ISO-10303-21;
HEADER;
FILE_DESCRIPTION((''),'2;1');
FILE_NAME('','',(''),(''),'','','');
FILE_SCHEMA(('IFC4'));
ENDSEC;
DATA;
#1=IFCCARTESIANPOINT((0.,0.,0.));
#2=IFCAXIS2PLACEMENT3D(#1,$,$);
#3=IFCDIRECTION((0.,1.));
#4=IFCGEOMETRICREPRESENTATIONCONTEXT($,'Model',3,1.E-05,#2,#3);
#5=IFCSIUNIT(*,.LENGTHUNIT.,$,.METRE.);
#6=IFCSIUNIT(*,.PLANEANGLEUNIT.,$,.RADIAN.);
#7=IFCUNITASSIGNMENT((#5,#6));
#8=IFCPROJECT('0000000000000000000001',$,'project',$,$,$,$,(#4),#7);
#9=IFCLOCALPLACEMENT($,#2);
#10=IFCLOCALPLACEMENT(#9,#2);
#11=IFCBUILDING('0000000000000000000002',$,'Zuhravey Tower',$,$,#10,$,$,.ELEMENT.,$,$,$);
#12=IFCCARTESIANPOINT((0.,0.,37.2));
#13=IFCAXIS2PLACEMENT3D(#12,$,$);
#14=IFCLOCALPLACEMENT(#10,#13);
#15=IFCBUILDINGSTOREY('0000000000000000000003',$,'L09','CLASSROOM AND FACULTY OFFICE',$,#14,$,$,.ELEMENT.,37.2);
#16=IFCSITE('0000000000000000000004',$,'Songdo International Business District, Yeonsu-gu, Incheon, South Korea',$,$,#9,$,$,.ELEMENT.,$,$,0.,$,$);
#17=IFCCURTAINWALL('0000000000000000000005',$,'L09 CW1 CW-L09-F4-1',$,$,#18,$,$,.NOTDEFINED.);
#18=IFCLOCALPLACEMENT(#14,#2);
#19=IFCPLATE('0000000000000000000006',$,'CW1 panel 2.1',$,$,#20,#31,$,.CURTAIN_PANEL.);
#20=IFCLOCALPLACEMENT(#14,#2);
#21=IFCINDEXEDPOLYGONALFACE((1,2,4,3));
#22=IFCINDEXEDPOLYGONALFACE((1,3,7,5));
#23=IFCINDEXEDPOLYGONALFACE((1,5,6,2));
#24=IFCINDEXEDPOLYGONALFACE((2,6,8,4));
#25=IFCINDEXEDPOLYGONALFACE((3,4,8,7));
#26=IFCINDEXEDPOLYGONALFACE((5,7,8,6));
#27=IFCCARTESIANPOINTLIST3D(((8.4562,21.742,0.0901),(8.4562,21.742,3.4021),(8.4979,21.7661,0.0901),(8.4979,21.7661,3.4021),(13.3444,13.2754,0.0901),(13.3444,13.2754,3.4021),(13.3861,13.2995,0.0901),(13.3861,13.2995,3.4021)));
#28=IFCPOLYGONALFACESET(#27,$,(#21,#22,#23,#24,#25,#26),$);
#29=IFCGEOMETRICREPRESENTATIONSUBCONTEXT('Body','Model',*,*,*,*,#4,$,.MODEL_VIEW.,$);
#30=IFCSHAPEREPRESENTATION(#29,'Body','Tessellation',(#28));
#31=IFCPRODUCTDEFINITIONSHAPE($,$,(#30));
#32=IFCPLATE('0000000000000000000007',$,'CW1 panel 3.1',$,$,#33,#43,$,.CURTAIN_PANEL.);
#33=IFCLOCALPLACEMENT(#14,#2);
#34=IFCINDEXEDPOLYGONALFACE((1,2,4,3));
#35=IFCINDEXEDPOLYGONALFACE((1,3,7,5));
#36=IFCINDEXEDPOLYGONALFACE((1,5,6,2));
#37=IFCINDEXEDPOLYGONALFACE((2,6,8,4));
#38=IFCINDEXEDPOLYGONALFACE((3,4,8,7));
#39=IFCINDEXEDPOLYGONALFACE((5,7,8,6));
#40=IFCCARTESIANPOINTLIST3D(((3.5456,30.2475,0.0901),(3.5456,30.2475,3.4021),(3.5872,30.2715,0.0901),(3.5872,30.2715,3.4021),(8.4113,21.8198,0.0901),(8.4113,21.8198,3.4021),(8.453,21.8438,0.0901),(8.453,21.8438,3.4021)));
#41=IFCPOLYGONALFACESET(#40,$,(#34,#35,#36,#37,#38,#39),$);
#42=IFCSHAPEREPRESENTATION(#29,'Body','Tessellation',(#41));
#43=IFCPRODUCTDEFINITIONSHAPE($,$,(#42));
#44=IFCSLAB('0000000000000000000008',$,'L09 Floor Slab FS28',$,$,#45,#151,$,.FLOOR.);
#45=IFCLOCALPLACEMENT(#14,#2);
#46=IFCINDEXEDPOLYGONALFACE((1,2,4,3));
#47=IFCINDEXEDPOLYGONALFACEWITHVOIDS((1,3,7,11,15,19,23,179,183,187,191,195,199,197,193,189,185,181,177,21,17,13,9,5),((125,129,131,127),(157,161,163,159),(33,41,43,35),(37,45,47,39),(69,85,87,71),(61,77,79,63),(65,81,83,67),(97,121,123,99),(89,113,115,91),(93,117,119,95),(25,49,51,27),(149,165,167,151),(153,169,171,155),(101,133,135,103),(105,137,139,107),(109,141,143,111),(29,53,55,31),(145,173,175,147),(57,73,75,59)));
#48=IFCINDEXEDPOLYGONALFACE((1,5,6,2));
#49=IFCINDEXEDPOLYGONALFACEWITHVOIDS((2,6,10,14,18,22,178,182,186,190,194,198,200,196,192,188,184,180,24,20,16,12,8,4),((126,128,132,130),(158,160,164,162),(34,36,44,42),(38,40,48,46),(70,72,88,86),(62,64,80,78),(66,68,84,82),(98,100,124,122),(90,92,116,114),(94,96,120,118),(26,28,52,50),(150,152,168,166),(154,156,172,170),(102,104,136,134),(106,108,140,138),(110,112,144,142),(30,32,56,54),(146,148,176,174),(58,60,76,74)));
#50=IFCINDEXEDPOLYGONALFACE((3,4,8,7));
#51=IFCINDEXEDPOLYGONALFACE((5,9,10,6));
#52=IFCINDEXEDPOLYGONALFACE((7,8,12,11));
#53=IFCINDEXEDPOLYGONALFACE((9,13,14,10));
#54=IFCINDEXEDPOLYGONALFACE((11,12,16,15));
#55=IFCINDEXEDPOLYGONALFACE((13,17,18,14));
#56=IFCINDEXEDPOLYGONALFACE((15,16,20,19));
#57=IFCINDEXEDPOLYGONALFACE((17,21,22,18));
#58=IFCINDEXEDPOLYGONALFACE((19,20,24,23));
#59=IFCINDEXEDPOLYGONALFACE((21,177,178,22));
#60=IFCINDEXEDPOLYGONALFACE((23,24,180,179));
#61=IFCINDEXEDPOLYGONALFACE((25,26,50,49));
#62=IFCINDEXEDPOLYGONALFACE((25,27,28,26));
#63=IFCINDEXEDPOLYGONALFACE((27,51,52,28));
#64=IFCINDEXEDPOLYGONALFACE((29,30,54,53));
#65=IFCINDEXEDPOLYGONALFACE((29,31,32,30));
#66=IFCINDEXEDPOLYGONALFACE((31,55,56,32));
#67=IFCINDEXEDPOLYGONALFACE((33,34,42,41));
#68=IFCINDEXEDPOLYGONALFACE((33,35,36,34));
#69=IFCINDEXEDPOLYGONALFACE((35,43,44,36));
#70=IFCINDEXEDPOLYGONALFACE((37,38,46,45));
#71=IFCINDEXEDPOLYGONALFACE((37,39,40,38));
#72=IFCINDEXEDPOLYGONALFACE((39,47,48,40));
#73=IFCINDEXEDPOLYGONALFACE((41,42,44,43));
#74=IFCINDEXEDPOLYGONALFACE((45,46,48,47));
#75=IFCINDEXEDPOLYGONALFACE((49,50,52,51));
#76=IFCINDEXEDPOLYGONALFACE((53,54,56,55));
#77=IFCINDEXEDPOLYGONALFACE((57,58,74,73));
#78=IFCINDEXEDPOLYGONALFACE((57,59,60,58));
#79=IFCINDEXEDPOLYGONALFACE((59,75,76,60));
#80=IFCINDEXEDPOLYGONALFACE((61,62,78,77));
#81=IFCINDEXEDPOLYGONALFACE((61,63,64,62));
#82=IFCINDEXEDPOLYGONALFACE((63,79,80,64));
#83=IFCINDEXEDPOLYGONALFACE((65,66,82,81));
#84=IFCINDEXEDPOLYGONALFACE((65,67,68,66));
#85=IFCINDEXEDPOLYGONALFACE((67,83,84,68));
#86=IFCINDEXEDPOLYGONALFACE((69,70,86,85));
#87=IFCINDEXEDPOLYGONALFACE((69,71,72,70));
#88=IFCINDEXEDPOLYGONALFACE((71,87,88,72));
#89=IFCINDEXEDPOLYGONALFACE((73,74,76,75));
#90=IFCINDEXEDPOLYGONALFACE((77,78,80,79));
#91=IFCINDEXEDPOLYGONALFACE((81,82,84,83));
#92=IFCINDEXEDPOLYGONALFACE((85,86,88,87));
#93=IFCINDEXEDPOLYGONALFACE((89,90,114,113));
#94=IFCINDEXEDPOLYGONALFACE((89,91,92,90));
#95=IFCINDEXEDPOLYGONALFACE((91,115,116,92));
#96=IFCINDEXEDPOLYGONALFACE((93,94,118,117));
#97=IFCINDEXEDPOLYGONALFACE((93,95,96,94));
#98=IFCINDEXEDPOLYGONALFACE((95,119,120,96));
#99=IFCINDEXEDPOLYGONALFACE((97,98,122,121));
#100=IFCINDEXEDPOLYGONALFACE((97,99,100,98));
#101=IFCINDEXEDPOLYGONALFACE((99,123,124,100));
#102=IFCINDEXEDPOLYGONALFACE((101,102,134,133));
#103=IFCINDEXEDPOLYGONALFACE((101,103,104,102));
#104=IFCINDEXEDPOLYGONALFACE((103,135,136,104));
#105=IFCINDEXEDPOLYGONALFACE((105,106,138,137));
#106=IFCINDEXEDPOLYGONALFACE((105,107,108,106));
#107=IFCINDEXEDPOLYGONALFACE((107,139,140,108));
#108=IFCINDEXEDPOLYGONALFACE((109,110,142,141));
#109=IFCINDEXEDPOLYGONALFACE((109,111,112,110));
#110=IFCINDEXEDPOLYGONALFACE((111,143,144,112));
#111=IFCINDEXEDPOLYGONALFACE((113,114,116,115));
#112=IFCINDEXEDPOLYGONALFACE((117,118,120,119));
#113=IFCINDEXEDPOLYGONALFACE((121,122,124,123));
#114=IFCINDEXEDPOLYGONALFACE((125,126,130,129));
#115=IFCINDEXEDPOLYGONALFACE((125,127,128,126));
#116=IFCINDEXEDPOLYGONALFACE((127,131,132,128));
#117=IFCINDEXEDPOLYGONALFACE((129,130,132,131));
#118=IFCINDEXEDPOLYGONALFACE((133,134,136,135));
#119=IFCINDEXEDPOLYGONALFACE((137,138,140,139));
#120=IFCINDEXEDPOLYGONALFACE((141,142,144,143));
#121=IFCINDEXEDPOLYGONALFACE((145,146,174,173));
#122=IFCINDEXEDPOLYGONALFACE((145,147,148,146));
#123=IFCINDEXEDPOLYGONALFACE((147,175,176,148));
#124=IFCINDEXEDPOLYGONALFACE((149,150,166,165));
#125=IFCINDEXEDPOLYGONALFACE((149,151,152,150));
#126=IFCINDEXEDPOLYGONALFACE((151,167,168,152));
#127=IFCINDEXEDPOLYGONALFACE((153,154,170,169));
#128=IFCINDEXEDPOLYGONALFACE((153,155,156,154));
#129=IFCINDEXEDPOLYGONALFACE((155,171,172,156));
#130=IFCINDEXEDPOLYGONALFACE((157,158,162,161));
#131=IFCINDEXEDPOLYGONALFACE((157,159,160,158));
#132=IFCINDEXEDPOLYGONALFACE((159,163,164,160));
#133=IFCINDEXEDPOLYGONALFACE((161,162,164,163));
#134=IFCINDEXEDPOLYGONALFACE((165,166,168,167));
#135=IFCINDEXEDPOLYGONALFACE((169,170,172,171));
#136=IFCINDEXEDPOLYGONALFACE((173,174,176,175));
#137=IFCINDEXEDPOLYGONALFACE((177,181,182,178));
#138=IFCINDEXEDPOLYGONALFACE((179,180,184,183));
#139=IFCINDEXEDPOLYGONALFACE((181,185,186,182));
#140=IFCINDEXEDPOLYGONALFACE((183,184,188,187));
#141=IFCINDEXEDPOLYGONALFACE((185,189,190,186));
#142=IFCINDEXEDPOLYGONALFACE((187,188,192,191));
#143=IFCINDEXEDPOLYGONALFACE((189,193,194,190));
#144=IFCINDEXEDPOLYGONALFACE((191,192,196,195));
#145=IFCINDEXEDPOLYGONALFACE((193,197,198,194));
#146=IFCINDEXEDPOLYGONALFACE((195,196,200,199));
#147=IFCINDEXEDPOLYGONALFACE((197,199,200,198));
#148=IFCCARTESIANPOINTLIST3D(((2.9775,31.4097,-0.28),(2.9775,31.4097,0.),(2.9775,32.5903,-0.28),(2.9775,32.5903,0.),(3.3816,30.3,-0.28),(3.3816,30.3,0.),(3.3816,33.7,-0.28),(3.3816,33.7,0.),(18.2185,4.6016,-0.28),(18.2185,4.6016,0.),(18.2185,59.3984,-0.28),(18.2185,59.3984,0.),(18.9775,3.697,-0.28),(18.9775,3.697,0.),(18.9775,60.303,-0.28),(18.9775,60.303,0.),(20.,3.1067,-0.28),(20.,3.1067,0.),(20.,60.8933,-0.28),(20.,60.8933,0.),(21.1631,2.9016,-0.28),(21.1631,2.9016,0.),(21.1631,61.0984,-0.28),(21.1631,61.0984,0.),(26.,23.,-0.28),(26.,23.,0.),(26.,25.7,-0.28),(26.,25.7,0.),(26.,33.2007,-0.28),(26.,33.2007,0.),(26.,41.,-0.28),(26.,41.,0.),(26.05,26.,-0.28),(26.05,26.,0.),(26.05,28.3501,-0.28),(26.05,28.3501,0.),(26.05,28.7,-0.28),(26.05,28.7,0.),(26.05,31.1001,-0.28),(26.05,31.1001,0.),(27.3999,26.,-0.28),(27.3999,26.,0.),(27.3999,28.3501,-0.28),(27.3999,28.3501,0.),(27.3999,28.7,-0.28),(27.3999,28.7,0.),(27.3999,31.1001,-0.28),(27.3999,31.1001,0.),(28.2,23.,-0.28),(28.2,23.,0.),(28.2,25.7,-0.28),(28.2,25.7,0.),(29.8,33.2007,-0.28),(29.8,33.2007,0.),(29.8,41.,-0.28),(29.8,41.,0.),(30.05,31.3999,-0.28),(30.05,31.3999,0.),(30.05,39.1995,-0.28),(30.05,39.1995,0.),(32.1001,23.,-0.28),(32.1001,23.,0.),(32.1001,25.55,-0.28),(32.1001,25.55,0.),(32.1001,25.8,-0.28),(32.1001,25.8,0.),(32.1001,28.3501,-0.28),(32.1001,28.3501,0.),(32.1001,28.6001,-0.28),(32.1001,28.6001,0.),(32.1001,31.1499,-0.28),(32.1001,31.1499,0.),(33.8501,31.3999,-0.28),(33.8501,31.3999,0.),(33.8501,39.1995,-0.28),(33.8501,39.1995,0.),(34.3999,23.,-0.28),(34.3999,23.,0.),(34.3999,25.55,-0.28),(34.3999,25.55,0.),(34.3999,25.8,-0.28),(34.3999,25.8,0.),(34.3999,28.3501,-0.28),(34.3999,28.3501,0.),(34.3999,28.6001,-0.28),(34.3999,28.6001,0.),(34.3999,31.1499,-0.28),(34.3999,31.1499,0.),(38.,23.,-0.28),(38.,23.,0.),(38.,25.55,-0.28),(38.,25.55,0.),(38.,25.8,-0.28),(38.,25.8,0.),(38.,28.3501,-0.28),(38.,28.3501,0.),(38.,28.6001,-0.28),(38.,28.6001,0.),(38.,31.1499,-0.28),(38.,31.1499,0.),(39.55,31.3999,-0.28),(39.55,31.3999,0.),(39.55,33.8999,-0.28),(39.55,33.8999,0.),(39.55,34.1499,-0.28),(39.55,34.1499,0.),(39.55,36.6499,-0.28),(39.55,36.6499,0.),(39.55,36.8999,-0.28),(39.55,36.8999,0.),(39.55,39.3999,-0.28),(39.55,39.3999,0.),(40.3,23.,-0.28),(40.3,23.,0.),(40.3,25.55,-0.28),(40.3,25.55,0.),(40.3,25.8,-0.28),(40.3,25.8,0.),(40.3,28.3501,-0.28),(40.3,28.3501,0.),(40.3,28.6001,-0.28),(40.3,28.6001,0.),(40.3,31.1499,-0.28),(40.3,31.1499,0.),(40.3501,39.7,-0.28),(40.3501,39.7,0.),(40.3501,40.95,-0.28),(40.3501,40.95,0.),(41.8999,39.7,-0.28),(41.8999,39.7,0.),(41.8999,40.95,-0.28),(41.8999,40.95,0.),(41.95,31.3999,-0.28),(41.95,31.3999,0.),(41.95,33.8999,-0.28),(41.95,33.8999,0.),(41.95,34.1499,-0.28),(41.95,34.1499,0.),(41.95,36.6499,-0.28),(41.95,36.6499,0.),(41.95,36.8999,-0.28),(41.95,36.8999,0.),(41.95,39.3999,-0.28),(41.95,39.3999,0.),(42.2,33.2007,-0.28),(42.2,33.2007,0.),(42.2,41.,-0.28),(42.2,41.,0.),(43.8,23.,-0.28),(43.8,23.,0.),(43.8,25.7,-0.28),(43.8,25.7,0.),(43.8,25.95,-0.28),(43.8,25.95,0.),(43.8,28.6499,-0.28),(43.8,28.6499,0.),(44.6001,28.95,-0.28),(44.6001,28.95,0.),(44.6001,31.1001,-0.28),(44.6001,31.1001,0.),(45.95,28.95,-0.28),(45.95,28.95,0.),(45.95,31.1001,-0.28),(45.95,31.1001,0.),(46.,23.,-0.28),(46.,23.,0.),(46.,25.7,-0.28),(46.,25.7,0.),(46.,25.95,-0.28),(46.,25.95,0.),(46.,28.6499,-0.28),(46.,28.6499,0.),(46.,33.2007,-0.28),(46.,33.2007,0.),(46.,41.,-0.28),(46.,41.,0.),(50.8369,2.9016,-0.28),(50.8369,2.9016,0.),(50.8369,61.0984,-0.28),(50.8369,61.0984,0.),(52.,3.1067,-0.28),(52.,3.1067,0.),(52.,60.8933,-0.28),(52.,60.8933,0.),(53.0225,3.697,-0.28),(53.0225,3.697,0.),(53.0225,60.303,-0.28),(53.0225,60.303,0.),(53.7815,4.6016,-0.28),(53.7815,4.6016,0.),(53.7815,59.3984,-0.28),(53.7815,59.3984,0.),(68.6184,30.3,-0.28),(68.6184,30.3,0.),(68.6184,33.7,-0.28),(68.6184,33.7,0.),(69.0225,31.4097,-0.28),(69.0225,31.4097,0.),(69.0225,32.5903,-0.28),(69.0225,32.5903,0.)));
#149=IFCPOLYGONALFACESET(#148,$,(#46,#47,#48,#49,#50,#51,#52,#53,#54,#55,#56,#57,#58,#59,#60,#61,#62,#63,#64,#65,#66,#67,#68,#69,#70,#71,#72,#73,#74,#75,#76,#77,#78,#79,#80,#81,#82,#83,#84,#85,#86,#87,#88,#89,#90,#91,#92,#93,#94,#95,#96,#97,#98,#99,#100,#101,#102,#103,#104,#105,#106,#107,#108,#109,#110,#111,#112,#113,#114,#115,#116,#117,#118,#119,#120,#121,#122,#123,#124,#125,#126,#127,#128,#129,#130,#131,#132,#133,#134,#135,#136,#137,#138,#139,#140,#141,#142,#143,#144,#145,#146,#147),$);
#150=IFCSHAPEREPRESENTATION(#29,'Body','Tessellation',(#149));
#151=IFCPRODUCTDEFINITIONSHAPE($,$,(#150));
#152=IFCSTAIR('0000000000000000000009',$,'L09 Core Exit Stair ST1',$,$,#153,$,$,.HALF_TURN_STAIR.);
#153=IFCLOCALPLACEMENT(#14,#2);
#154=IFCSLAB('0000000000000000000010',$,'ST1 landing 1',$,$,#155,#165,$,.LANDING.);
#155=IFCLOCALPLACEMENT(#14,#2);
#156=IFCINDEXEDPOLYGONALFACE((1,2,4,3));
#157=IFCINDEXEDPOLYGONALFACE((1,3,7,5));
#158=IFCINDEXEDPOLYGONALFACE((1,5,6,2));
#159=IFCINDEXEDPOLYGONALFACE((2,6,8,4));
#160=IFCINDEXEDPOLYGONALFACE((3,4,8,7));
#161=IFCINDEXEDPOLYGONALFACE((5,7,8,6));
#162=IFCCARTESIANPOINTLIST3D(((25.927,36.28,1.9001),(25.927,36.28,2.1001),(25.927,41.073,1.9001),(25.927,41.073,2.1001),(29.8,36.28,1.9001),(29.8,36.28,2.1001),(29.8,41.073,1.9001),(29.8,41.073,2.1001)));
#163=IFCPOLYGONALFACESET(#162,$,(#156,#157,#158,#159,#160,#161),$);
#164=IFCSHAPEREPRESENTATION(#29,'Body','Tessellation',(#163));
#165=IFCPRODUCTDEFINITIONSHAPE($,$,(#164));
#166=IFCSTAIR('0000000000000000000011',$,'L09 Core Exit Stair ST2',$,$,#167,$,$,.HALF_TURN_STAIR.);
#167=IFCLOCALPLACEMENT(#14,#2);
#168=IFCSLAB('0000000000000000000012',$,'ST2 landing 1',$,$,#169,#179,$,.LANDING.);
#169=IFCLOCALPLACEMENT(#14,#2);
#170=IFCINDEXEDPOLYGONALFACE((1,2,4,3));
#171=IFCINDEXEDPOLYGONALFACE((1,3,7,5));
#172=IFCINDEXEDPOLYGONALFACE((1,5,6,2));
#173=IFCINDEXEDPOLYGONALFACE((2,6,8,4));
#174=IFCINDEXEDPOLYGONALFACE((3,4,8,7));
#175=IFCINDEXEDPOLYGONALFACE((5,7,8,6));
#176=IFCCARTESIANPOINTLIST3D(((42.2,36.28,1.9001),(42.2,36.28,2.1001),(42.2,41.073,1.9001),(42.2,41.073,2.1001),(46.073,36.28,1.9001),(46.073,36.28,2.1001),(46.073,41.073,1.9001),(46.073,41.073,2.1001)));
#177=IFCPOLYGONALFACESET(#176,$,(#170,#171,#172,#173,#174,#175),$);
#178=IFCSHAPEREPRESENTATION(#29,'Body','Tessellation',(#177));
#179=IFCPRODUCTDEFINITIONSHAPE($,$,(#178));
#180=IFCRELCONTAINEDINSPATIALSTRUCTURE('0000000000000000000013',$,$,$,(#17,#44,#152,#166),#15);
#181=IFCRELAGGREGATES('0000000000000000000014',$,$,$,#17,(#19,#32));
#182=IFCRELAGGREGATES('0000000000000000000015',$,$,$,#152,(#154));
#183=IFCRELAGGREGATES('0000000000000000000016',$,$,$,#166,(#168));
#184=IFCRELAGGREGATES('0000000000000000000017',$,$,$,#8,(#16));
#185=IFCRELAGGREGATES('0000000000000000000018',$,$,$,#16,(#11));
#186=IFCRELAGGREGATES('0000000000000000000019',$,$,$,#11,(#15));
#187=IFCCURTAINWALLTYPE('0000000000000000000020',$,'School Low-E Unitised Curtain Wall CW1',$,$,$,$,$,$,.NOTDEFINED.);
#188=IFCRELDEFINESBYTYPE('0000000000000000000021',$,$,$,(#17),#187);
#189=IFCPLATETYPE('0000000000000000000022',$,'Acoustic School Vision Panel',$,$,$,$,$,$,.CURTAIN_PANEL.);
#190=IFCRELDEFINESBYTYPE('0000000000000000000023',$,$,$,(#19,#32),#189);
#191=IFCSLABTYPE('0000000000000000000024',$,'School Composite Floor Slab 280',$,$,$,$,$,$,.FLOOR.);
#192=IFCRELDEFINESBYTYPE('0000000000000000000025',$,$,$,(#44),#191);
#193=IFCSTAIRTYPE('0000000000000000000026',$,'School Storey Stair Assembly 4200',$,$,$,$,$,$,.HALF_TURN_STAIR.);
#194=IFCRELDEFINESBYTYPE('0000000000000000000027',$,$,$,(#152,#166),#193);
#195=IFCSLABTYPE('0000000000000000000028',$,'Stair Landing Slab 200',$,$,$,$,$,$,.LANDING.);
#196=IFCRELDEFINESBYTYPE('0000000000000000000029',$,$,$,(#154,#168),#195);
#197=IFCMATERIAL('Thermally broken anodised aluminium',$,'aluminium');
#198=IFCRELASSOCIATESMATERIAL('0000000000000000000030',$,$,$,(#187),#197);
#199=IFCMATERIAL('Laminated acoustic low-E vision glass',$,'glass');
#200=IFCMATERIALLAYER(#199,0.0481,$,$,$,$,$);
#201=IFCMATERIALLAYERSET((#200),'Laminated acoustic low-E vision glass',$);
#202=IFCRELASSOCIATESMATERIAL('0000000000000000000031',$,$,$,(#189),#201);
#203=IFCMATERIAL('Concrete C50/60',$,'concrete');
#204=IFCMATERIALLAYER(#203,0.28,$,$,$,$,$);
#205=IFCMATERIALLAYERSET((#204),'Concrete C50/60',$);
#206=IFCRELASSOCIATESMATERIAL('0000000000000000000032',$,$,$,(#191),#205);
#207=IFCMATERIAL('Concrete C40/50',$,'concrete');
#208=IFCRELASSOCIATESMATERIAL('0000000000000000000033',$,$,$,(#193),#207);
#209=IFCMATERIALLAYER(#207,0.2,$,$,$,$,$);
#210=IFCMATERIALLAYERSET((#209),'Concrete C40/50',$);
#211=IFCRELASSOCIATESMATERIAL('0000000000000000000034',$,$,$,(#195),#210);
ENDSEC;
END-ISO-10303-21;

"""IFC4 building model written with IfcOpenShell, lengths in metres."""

from ifc_helpers import new_model, si_unit, direction, frame, origin, origin_2d, place, context, subcontext, project, spatial, polyline, rectangle, outline, extrude, material, layer, layer_set, type_object, element, aggregate, save


model = new_model("IFC4")

# Units and contexts
model_context = context("Model", 3, precision=1e-05, world=origin(), true_north=direction((0.0, 1.0)))
body_context = subcontext(model_context, "Body", "Model", "MODEL_VIEW")
ifc_project = project(units=[si_unit("LENGTHUNIT", "METRE"), si_unit("PLANEANGLEUNIT", "RADIAN")], contexts=[model_context])

# Site, building, storey
site_placement = place(None, origin())
site = spatial("IfcSite", under=ifc_project, at=site_placement, Name="Songdo International Business District, Yeonsu-gu, Incheon, South Korea", CompositionType="ELEMENT", RefElevation=0.0)
building_placement = place(site_placement, origin())
building = spatial("IfcBuilding", under=site, at=building_placement, Name="Zuhravey Tower", CompositionType="ELEMENT")
storey_placement = place(building_placement, frame((0.0, 0.0, 37.2)))
storey = spatial("IfcBuildingStorey", under=building, at=storey_placement, Name="L09", Description="CLASSROOM AND FACULTY OFFICE", CompositionType="ELEMENT", Elevation=37.2)

# Shared definitions
ifc_material_1 = material(Name="Thermally broken anodised aluminium", Category="aluminium")
curtain_wall_type = type_object("IfcCurtainWallType", Name="School Low-E Unitised Curtain Wall CW1", PredefinedType="NOTDEFINED", material=ifc_material_1)

# Curtain wall
curtain_wall_1_placement = place(storey_placement, origin())
curtain_wall_1 = element("IfcCurtainWall", 1, at=curtain_wall_1_placement, inside=storey, type_object=curtain_wall_type, Name="L09 CW1 CW-L09-F4-1", PredefinedType="NOTDEFINED")

# Plates
ifc_material_2 = material(Name="Laminated acoustic low-E vision glass", Category="glass")
ifc_layer_1 = layer(ifc_material_2, 0.0481)
ifc_layer_set_1 = layer_set([ifc_layer_1], Name="Laminated acoustic low-E vision glass")
plate_type = type_object("IfcPlateType", Name="Acoustic School Vision Panel", PredefinedType="CURTAIN_PANEL", material=ifc_layer_set_1)
plate_1_placement = place(storey_placement, frame((10.9211, 17.5208, 0.0901), z_axis=(0.0, 0.0, 1.0), x_axis=(-0.5, 0.866026, 0.0)))
plate_1 = element("IfcPlate", 2, at=plate_1_placement, type_object=plate_type, Name="CW1 panel 2.1", PredefinedType="CURTAIN_PANEL", context=body_context, shape_type="SweptSolid", body=[
    extrude(rectangle(XDim=9.7764, YDim=0.0481, at=origin_2d()), origin(), (0.0, 0.0, 1.0), 3.312),
])
plate_2_placement = place(storey_placement, frame((5.9993, 26.0457, 0.0901), z_axis=(0.0, 0.0, 1.0), x_axis=(-0.5, 0.866026, 0.0)))
plate_2 = element("IfcPlate", 3, at=plate_2_placement, type_object=plate_type, Name="CW1 panel 3.1", PredefinedType="CURTAIN_PANEL", context=body_context, shape_type="SweptSolid", body=[
    extrude(rectangle(XDim=9.7314, YDim=0.0481, at=origin_2d()), origin(), (0.0, 0.0, 1.0), 3.312),
])
aggregate(curtain_wall_1, [plate_1, plate_2])

# Slab
ifc_material_3 = material(Name="Concrete C50/60", Category="concrete")
ifc_layer_2 = layer(ifc_material_3, 0.28)
ifc_layer_set_2 = layer_set([ifc_layer_2], Name="Concrete C50/60")
slab_type_1 = type_object("IfcSlabType", Name="School Composite Floor Slab 280", PredefinedType="FLOOR", material=ifc_layer_set_2)
slab_1_placement = place(storey_placement, frame((0.0, 0.0, -0.28)))
element("IfcSlab", 4, at=slab_1_placement, inside=storey, type_object=slab_type_1, Name="L09 Floor Slab FS28", PredefinedType="FLOOR", context=body_context, shape_type="SweptSolid", body=[
    extrude(outline(polyline([(68.6184, 30.3), (69.0225, 31.4097), (69.0225, 32.5903), (68.6184, 33.7), (53.7815, 59.3984), (53.0225, 60.303), (52.0, 60.8933), (50.8369, 61.0984), (21.1631, 61.0984), (20.0, 60.8933), (18.9775, 60.303), (18.2185, 59.3984), (3.3816, 33.7), (2.9775, 32.5903), (2.9775, 31.4097), (3.3816, 30.3), (18.2185, 4.6016), (18.9775, 3.697), (20.0, 3.1067), (21.1631, 2.9016), (50.8369, 2.9016), (52.0, 3.1067), (53.0225, 3.697), (53.7815, 4.6016), (68.6184, 30.3)]), holes=[polyline([(29.8, 33.2007), (29.8, 41.0), (26.0, 41.0), (26.0, 33.2007), (29.8, 33.2007)]), polyline([(46.0, 33.2007), (46.0, 41.0), (42.2, 41.0), (42.2, 33.2007), (46.0, 33.2007)]), polyline([(30.05, 39.1995), (30.05, 31.3999), (33.8501, 31.3999), (33.8501, 39.1995), (30.05, 39.1995)]), polyline([(32.1001, 23.0), (34.3999, 23.0), (34.3999, 25.55), (32.1001, 25.55), (32.1001, 23.0)]), polyline([(32.1001, 25.8), (34.3999, 25.8), (34.3999, 28.3501), (32.1001, 28.3501), (32.1001, 25.8)]), polyline([(32.1001, 28.6001), (34.3999, 28.6001), (34.3999, 31.1499), (32.1001, 31.1499), (32.1001, 28.6001)]), polyline([(38.0, 23.0), (40.3, 23.0), (40.3, 25.55), (38.0, 25.55), (38.0, 23.0)]), polyline([(38.0, 25.8), (40.3, 25.8), (40.3, 28.3501), (38.0, 28.3501), (38.0, 25.8)]), polyline([(38.0, 28.6001), (40.3, 28.6001), (40.3, 31.1499), (38.0, 31.1499), (38.0, 28.6001)]), polyline([(39.55, 31.3999), (41.95, 31.3999), (41.95, 33.8999), (39.55, 33.8999), (39.55, 31.3999)]), polyline([(39.55, 34.1499), (41.95, 34.1499), (41.95, 36.6499), (39.55, 36.6499), (39.55, 34.1499)]), polyline([(39.55, 36.8999), (41.95, 36.8999), (41.95, 39.3999), (39.55, 39.3999), (39.55, 36.8999)]), polyline([(26.0, 23.0), (28.2, 23.0), (28.2, 25.7), (26.0, 25.7), (26.0, 23.0)]), polyline([(43.8, 23.0), (46.0, 23.0), (46.0, 25.7), (43.8, 25.7), (43.8, 23.0)]), polyline([(43.8, 25.95), (46.0, 25.95), (46.0, 28.6499), (43.8, 28.6499), (43.8, 25.95)]), polyline([(26.05, 26.0), (27.3999, 26.0), (27.3999, 28.3501), (26.05, 28.3501), (26.05, 26.0)]), polyline([(26.05, 28.7), (27.3999, 28.7), (27.3999, 31.1001), (26.05, 31.1001), (26.05, 28.7)]), polyline([(44.6001, 28.95), (45.95, 28.95), (45.95, 31.1001), (44.6001, 31.1001), (44.6001, 28.95)]), polyline([(40.3501, 39.7), (41.8999, 39.7), (41.8999, 40.95), (40.3501, 40.95), (40.3501, 39.7)])]), origin(), (0.0, 0.0, 1.0), 0.28),
])

# Stairs, slabs
ifc_material_4 = material(Name="Concrete C40/50", Category="concrete")
stair_type = type_object("IfcStairType", Name="School Storey Stair Assembly 4200", PredefinedType="HALF_TURN_STAIR", material=ifc_material_4)
stair_1_placement = place(storey_placement, origin())
stair_1 = element("IfcStair", 5, at=stair_1_placement, inside=storey, type_object=stair_type, Name="L09 Core Exit Stair ST1", PredefinedType="HALF_TURN_STAIR")
ifc_layer_3 = layer(ifc_material_4, 0.2)
ifc_layer_set_3 = layer_set([ifc_layer_3], Name="Concrete C40/50")
slab_type_2 = type_object("IfcSlabType", Name="Stair Landing Slab 200", PredefinedType="LANDING", material=ifc_layer_set_3)
slab_2_placement = place(storey_placement, frame((0.0, 0.0, 1.9001)))
slab_2 = element("IfcSlab", 6, at=slab_2_placement, type_object=slab_type_2, Name="ST1 landing 1", PredefinedType="LANDING", context=body_context, shape_type="SweptSolid", body=[
    extrude(outline(polyline([(29.8, 36.28), (29.8, 41.073), (25.927, 41.073), (25.927, 36.28), (29.8, 36.28)])), origin(), (0.0, 0.0, 1.0), 0.2),
])
aggregate(stair_1, [slab_2])
stair_2_placement = place(storey_placement, origin())
stair_2 = element("IfcStair", 7, at=stair_2_placement, inside=storey, type_object=stair_type, Name="L09 Core Exit Stair ST2", PredefinedType="HALF_TURN_STAIR")
slab_3_placement = place(storey_placement, frame((0.0, 0.0, 1.9001)))
slab_3 = element("IfcSlab", 8, at=slab_3_placement, type_object=slab_type_2, Name="ST2 landing 1", PredefinedType="LANDING", context=body_context, shape_type="SweptSolid", body=[
    extrude(outline(polyline([(46.073, 36.28), (46.073, 41.073), (42.2, 41.073), (42.2, 36.28), (46.073, 36.28)])), origin(), (0.0, 0.0, 1.0), 0.2),
])
aggregate(stair_2, [slab_3])

save(model, "model.ifc")
